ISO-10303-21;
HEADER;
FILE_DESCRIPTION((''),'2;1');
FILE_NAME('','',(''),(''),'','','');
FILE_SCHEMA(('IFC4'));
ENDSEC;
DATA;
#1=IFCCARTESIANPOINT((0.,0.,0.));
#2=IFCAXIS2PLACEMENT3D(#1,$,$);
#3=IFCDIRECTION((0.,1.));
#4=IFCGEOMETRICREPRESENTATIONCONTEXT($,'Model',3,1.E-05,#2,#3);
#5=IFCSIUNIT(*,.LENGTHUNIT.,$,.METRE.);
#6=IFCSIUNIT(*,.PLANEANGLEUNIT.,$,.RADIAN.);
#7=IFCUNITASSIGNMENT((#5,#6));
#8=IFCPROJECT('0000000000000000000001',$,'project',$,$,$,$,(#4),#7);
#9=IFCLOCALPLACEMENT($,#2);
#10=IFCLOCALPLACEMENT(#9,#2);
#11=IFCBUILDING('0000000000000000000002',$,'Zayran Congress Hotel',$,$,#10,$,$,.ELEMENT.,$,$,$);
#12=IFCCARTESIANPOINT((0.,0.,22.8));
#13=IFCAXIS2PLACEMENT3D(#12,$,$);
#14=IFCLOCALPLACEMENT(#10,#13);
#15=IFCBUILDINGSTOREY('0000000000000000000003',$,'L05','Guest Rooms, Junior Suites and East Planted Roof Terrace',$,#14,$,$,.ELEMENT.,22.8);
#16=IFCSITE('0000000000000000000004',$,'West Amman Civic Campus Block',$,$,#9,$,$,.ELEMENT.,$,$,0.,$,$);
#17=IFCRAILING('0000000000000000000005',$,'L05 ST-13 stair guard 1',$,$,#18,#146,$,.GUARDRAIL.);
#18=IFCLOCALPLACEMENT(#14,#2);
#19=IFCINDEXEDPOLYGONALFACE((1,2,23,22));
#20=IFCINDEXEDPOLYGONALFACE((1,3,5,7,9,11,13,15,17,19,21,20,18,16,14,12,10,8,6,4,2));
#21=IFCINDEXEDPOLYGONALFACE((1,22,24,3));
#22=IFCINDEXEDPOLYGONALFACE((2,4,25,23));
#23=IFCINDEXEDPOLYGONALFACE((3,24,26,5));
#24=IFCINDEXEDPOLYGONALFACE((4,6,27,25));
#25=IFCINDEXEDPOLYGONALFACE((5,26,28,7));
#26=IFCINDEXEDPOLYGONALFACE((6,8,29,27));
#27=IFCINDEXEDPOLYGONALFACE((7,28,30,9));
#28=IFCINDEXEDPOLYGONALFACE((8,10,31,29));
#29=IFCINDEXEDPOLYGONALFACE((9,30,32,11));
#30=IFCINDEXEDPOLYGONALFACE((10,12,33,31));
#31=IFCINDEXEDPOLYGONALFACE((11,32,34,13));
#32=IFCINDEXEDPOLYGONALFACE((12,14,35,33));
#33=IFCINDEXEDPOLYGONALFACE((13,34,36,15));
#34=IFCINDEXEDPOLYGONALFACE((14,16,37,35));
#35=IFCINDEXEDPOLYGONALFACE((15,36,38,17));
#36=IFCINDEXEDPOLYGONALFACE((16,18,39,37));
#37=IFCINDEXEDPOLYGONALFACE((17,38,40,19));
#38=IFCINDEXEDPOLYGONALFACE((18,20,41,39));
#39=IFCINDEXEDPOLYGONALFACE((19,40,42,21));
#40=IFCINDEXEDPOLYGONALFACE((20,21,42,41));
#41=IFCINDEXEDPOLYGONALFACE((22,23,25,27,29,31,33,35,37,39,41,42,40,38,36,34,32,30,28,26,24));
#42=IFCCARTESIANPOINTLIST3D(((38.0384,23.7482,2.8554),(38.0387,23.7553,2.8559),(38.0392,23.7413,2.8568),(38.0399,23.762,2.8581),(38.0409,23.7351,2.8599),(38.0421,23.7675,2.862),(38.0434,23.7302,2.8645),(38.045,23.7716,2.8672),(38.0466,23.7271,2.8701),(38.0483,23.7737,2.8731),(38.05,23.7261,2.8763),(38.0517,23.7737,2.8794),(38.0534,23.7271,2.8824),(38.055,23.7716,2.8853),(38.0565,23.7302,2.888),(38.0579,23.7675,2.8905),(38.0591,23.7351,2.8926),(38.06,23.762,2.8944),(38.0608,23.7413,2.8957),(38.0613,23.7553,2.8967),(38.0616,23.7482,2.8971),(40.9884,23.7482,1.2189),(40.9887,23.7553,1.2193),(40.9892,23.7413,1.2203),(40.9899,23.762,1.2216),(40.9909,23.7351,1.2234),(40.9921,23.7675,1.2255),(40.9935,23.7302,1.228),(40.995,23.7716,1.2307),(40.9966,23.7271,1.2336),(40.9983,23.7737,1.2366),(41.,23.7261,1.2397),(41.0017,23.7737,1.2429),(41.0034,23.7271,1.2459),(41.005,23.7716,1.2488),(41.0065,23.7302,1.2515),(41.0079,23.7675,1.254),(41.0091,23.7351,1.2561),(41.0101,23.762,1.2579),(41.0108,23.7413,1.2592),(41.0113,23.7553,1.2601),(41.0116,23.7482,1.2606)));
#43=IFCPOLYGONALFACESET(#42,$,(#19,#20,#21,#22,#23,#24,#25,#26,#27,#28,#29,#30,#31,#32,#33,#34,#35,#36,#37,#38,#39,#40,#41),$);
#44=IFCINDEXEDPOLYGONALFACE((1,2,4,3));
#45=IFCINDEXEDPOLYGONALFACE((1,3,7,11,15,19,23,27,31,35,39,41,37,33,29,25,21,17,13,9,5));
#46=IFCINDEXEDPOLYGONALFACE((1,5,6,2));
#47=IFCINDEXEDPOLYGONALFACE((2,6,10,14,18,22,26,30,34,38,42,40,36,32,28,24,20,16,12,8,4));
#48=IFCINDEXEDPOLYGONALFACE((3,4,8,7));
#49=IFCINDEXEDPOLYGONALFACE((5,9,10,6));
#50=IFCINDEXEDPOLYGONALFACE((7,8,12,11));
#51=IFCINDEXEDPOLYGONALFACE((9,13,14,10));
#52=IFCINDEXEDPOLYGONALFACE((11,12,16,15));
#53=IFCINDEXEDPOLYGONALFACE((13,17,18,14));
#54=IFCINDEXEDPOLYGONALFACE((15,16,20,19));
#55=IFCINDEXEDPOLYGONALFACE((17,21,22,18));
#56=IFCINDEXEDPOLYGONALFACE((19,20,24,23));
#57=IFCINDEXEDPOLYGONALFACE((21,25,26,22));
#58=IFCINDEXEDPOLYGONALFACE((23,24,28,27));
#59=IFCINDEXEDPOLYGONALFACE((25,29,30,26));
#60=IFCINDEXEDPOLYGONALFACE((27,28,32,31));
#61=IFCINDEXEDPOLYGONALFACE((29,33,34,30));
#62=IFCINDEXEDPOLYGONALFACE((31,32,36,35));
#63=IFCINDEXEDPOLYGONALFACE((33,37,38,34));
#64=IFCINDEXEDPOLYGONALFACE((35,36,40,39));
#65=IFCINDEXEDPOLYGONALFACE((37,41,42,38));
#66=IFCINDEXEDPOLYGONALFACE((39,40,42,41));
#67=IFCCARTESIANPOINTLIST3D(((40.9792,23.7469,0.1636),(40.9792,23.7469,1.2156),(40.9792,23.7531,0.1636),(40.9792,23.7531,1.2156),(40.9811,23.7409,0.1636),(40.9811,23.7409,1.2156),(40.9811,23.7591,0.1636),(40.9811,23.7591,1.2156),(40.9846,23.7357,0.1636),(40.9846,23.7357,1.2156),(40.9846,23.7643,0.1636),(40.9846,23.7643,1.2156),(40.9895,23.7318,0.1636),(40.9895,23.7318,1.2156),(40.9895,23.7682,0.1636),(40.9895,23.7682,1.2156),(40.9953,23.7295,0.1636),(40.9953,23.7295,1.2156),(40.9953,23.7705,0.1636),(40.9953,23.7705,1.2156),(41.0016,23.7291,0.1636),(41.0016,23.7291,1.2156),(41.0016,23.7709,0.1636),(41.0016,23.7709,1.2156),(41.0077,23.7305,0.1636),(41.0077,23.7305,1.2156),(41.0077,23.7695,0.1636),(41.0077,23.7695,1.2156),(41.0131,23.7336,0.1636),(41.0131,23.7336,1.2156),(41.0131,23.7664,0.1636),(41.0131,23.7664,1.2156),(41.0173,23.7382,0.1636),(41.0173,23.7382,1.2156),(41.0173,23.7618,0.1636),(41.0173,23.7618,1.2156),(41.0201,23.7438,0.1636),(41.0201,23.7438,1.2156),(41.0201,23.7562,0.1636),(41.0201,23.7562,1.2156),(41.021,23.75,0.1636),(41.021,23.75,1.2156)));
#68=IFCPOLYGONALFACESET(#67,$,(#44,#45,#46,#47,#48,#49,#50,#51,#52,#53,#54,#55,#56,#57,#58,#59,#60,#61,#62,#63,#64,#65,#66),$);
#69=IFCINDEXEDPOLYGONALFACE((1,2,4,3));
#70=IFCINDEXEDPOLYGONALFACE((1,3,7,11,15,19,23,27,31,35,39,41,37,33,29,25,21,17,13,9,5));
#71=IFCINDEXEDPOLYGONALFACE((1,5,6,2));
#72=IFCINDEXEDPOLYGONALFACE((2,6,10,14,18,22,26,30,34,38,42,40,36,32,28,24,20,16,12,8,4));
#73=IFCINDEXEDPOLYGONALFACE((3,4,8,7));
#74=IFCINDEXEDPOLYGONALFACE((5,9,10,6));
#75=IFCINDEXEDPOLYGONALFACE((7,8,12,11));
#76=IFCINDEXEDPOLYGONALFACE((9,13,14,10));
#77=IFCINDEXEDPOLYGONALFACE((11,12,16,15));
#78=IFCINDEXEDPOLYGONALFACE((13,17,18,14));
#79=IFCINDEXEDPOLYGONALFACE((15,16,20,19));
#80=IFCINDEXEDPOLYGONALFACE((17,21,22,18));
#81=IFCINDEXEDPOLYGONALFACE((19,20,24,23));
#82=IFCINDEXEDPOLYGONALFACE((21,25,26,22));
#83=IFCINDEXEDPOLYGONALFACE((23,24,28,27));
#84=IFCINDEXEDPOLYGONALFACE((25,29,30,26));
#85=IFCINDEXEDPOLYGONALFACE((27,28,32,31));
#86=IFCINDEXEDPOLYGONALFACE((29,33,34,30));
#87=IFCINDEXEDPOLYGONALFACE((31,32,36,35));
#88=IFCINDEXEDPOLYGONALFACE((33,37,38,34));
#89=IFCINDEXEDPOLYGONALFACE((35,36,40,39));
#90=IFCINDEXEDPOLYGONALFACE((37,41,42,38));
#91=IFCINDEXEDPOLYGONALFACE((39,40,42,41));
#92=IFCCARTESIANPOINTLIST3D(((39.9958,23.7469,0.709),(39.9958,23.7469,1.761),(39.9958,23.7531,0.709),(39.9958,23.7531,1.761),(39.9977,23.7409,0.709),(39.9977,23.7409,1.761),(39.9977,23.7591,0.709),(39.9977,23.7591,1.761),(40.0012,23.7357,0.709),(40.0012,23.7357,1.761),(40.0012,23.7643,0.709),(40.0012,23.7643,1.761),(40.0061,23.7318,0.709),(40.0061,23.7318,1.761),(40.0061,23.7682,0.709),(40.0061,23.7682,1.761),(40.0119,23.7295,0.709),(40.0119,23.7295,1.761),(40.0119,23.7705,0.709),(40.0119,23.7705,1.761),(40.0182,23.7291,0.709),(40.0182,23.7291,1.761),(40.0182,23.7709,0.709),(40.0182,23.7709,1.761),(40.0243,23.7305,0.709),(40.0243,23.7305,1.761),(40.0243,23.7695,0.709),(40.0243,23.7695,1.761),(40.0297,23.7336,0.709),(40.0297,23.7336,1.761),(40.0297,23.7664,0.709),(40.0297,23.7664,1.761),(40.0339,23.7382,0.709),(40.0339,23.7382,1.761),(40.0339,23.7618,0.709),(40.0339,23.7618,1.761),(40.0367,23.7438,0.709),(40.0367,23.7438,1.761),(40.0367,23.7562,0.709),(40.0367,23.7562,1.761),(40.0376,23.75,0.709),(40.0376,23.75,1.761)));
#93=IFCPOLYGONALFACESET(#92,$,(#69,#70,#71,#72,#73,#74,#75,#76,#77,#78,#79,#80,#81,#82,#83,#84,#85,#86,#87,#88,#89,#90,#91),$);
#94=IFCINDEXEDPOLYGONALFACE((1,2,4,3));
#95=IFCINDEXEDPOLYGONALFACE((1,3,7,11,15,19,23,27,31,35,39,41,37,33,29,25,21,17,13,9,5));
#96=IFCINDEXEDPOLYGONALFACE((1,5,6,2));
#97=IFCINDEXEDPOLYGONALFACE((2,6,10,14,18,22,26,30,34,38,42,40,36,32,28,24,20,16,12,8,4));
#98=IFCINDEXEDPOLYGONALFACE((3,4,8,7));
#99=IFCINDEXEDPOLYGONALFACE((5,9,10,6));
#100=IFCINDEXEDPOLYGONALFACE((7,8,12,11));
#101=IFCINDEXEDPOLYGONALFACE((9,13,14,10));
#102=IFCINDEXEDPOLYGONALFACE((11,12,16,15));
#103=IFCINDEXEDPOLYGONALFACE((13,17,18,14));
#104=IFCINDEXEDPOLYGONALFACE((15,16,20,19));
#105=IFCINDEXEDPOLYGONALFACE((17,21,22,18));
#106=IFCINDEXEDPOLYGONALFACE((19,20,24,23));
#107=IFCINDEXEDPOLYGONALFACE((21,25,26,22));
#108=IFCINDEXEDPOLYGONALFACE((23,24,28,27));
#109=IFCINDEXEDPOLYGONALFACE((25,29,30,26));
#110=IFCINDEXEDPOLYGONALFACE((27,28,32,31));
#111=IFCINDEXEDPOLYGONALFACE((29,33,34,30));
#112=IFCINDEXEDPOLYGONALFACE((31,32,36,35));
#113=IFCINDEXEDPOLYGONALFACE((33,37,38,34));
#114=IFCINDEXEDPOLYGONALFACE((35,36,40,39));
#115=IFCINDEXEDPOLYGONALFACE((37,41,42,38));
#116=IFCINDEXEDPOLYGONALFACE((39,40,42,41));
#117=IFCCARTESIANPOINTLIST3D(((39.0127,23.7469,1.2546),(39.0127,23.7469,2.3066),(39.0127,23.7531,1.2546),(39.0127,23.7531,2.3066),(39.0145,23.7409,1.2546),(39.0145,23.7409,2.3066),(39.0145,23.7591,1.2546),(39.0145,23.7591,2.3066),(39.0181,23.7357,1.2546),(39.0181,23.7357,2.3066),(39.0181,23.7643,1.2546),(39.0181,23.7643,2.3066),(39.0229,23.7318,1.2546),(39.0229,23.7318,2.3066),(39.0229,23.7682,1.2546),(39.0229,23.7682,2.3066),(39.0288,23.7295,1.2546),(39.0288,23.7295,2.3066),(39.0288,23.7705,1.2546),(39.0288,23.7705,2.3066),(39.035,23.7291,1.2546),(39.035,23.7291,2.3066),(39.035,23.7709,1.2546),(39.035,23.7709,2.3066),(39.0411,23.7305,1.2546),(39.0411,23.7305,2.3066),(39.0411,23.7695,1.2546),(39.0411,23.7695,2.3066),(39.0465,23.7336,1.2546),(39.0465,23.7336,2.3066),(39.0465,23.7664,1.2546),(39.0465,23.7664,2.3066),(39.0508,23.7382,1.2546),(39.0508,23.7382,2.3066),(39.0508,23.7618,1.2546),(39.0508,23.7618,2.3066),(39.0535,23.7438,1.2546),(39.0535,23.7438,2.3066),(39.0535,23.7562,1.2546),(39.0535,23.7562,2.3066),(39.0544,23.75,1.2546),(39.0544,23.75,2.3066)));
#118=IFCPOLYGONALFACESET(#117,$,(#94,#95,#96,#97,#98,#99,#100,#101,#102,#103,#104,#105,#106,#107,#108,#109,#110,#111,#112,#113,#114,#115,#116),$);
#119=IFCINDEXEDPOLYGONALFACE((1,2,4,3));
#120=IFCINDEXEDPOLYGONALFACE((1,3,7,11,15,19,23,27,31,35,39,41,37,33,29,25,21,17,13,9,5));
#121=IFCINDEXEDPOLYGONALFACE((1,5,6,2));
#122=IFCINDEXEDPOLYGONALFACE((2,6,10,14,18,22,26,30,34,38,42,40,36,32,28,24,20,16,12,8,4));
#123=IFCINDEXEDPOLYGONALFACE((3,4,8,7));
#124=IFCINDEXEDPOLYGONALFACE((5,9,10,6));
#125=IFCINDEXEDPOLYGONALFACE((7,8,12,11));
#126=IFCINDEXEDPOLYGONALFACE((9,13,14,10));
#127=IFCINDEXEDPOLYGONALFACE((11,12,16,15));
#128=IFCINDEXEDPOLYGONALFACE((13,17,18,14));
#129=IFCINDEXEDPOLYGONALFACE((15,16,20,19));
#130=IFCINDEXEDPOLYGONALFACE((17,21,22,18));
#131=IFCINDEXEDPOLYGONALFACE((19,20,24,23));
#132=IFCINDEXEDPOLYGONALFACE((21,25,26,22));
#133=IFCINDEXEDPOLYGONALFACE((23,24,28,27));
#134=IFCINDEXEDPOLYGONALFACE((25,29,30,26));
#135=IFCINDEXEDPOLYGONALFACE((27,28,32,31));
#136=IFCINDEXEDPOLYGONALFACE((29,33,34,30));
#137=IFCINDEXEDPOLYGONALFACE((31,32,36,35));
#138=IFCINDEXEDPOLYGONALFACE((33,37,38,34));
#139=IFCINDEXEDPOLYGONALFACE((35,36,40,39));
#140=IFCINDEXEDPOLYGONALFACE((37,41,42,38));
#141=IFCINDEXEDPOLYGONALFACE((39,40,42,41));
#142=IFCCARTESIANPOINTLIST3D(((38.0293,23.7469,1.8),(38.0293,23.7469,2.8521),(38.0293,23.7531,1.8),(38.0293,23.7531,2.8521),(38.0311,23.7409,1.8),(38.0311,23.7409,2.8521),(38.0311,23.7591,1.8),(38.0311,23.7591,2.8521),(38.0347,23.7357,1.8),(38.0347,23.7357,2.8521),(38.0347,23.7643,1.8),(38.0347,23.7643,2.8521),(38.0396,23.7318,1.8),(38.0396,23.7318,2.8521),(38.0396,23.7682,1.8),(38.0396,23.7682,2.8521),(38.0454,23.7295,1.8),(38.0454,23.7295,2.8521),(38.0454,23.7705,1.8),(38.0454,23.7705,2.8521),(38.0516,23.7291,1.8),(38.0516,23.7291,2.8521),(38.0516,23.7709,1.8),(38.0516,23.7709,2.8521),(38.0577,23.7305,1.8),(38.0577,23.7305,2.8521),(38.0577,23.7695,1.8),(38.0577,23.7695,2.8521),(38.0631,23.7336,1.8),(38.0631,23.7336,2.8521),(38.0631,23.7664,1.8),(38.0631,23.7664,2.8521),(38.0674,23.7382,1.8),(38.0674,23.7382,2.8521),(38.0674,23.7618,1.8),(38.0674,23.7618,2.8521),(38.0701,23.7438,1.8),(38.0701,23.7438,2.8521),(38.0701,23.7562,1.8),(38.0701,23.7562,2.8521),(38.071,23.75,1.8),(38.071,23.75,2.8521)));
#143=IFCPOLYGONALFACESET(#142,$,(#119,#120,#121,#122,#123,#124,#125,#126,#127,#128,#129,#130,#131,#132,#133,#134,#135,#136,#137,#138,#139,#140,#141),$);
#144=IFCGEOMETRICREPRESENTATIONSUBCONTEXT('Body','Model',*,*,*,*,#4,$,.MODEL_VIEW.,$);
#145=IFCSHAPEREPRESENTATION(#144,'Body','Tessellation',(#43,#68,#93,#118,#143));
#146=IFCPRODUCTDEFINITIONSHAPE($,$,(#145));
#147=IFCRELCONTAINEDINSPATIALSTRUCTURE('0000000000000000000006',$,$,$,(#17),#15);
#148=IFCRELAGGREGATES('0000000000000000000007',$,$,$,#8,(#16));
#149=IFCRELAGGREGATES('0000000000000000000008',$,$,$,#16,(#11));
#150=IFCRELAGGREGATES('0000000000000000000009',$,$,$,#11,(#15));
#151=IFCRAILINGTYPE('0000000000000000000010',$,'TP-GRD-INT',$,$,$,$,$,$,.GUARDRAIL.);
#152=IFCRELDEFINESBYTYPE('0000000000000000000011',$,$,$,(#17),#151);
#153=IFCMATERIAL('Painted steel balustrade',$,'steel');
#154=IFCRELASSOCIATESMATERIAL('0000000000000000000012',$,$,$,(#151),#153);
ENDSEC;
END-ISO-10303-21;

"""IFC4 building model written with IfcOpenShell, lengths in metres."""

from ifc_helpers import new_model, si_unit, direction, frame, origin, origin_2d, place, context, subcontext, project, spatial, circle, extrude, material, type_object, element, save


model = new_model("IFC4")

# Units and contexts
model_context = context("Model", 3, precision=1e-05, world=origin(), true_north=direction((0.0, 1.0)))
body_context = subcontext(model_context, "Body", "Model", "MODEL_VIEW")
ifc_project = project(units=[si_unit("LENGTHUNIT", "METRE"), si_unit("PLANEANGLEUNIT", "RADIAN")], contexts=[model_context])

# Site, building, storey
site_placement = place(None, origin())
site = spatial("IfcSite", under=ifc_project, at=site_placement, Name="West Amman Civic Campus Block", CompositionType="ELEMENT", RefElevation=0.0)
building_placement = place(site_placement, origin())
building = spatial("IfcBuilding", under=site, at=building_placement, Name="Zayran Congress Hotel", CompositionType="ELEMENT")
storey_placement = place(building_placement, frame((0.0, 0.0, 22.8)))
storey = spatial("IfcBuildingStorey", under=building, at=storey_placement, Name="L05", Description="Guest Rooms, Junior Suites and East Planted Roof Terrace", CompositionType="ELEMENT", Elevation=22.8)

# Railing
ifc_material_1 = material(Name="Painted steel balustrade", Category="steel")
railing_type_1 = type_object("IfcRailingType", Name="TP-GRD-INT", PredefinedType="GUARDRAIL", material=ifc_material_1)
railing_1_placement = place(storey_placement, frame((41.0, 23.75, 0.1636)))
element("IfcRailing", 1, at=railing_1_placement, inside=storey, type_object=railing_type_1, Name="L05 ST-13 stair guard 1", PredefinedType="GUARDRAIL", context=body_context, shape_type="SweptSolid", body=[
    extrude(circle(Radius=0.0239, at=origin_2d()), frame((0.0, 0.0, 1.0762), z_axis=(-0.874458, 0.0, 0.485102), x_axis=(0.0, -1.0, 0.0)), (0.0, 0.0, 1.0), 3.3735),
    extrude(circle(Radius=0.021, at=origin_2d()), origin(), (0.0, 0.0, 1.0), 1.052),
    extrude(circle(Radius=0.021, at=origin_2d()), frame((-0.9834, 0.0, 0.5454)), (0.0, 0.0, 1.0), 1.052),
    extrude(circle(Radius=0.021, at=origin_2d()), frame((-1.9666, 0.0, 1.0911)), (0.0, 0.0, 1.0), 1.052),
    extrude(circle(Radius=0.021, at=origin_2d()), frame((-2.95, 0.0, 1.6365)), (0.0, 0.0, 1.0), 1.052),
])

save(model, "model.ifc")
